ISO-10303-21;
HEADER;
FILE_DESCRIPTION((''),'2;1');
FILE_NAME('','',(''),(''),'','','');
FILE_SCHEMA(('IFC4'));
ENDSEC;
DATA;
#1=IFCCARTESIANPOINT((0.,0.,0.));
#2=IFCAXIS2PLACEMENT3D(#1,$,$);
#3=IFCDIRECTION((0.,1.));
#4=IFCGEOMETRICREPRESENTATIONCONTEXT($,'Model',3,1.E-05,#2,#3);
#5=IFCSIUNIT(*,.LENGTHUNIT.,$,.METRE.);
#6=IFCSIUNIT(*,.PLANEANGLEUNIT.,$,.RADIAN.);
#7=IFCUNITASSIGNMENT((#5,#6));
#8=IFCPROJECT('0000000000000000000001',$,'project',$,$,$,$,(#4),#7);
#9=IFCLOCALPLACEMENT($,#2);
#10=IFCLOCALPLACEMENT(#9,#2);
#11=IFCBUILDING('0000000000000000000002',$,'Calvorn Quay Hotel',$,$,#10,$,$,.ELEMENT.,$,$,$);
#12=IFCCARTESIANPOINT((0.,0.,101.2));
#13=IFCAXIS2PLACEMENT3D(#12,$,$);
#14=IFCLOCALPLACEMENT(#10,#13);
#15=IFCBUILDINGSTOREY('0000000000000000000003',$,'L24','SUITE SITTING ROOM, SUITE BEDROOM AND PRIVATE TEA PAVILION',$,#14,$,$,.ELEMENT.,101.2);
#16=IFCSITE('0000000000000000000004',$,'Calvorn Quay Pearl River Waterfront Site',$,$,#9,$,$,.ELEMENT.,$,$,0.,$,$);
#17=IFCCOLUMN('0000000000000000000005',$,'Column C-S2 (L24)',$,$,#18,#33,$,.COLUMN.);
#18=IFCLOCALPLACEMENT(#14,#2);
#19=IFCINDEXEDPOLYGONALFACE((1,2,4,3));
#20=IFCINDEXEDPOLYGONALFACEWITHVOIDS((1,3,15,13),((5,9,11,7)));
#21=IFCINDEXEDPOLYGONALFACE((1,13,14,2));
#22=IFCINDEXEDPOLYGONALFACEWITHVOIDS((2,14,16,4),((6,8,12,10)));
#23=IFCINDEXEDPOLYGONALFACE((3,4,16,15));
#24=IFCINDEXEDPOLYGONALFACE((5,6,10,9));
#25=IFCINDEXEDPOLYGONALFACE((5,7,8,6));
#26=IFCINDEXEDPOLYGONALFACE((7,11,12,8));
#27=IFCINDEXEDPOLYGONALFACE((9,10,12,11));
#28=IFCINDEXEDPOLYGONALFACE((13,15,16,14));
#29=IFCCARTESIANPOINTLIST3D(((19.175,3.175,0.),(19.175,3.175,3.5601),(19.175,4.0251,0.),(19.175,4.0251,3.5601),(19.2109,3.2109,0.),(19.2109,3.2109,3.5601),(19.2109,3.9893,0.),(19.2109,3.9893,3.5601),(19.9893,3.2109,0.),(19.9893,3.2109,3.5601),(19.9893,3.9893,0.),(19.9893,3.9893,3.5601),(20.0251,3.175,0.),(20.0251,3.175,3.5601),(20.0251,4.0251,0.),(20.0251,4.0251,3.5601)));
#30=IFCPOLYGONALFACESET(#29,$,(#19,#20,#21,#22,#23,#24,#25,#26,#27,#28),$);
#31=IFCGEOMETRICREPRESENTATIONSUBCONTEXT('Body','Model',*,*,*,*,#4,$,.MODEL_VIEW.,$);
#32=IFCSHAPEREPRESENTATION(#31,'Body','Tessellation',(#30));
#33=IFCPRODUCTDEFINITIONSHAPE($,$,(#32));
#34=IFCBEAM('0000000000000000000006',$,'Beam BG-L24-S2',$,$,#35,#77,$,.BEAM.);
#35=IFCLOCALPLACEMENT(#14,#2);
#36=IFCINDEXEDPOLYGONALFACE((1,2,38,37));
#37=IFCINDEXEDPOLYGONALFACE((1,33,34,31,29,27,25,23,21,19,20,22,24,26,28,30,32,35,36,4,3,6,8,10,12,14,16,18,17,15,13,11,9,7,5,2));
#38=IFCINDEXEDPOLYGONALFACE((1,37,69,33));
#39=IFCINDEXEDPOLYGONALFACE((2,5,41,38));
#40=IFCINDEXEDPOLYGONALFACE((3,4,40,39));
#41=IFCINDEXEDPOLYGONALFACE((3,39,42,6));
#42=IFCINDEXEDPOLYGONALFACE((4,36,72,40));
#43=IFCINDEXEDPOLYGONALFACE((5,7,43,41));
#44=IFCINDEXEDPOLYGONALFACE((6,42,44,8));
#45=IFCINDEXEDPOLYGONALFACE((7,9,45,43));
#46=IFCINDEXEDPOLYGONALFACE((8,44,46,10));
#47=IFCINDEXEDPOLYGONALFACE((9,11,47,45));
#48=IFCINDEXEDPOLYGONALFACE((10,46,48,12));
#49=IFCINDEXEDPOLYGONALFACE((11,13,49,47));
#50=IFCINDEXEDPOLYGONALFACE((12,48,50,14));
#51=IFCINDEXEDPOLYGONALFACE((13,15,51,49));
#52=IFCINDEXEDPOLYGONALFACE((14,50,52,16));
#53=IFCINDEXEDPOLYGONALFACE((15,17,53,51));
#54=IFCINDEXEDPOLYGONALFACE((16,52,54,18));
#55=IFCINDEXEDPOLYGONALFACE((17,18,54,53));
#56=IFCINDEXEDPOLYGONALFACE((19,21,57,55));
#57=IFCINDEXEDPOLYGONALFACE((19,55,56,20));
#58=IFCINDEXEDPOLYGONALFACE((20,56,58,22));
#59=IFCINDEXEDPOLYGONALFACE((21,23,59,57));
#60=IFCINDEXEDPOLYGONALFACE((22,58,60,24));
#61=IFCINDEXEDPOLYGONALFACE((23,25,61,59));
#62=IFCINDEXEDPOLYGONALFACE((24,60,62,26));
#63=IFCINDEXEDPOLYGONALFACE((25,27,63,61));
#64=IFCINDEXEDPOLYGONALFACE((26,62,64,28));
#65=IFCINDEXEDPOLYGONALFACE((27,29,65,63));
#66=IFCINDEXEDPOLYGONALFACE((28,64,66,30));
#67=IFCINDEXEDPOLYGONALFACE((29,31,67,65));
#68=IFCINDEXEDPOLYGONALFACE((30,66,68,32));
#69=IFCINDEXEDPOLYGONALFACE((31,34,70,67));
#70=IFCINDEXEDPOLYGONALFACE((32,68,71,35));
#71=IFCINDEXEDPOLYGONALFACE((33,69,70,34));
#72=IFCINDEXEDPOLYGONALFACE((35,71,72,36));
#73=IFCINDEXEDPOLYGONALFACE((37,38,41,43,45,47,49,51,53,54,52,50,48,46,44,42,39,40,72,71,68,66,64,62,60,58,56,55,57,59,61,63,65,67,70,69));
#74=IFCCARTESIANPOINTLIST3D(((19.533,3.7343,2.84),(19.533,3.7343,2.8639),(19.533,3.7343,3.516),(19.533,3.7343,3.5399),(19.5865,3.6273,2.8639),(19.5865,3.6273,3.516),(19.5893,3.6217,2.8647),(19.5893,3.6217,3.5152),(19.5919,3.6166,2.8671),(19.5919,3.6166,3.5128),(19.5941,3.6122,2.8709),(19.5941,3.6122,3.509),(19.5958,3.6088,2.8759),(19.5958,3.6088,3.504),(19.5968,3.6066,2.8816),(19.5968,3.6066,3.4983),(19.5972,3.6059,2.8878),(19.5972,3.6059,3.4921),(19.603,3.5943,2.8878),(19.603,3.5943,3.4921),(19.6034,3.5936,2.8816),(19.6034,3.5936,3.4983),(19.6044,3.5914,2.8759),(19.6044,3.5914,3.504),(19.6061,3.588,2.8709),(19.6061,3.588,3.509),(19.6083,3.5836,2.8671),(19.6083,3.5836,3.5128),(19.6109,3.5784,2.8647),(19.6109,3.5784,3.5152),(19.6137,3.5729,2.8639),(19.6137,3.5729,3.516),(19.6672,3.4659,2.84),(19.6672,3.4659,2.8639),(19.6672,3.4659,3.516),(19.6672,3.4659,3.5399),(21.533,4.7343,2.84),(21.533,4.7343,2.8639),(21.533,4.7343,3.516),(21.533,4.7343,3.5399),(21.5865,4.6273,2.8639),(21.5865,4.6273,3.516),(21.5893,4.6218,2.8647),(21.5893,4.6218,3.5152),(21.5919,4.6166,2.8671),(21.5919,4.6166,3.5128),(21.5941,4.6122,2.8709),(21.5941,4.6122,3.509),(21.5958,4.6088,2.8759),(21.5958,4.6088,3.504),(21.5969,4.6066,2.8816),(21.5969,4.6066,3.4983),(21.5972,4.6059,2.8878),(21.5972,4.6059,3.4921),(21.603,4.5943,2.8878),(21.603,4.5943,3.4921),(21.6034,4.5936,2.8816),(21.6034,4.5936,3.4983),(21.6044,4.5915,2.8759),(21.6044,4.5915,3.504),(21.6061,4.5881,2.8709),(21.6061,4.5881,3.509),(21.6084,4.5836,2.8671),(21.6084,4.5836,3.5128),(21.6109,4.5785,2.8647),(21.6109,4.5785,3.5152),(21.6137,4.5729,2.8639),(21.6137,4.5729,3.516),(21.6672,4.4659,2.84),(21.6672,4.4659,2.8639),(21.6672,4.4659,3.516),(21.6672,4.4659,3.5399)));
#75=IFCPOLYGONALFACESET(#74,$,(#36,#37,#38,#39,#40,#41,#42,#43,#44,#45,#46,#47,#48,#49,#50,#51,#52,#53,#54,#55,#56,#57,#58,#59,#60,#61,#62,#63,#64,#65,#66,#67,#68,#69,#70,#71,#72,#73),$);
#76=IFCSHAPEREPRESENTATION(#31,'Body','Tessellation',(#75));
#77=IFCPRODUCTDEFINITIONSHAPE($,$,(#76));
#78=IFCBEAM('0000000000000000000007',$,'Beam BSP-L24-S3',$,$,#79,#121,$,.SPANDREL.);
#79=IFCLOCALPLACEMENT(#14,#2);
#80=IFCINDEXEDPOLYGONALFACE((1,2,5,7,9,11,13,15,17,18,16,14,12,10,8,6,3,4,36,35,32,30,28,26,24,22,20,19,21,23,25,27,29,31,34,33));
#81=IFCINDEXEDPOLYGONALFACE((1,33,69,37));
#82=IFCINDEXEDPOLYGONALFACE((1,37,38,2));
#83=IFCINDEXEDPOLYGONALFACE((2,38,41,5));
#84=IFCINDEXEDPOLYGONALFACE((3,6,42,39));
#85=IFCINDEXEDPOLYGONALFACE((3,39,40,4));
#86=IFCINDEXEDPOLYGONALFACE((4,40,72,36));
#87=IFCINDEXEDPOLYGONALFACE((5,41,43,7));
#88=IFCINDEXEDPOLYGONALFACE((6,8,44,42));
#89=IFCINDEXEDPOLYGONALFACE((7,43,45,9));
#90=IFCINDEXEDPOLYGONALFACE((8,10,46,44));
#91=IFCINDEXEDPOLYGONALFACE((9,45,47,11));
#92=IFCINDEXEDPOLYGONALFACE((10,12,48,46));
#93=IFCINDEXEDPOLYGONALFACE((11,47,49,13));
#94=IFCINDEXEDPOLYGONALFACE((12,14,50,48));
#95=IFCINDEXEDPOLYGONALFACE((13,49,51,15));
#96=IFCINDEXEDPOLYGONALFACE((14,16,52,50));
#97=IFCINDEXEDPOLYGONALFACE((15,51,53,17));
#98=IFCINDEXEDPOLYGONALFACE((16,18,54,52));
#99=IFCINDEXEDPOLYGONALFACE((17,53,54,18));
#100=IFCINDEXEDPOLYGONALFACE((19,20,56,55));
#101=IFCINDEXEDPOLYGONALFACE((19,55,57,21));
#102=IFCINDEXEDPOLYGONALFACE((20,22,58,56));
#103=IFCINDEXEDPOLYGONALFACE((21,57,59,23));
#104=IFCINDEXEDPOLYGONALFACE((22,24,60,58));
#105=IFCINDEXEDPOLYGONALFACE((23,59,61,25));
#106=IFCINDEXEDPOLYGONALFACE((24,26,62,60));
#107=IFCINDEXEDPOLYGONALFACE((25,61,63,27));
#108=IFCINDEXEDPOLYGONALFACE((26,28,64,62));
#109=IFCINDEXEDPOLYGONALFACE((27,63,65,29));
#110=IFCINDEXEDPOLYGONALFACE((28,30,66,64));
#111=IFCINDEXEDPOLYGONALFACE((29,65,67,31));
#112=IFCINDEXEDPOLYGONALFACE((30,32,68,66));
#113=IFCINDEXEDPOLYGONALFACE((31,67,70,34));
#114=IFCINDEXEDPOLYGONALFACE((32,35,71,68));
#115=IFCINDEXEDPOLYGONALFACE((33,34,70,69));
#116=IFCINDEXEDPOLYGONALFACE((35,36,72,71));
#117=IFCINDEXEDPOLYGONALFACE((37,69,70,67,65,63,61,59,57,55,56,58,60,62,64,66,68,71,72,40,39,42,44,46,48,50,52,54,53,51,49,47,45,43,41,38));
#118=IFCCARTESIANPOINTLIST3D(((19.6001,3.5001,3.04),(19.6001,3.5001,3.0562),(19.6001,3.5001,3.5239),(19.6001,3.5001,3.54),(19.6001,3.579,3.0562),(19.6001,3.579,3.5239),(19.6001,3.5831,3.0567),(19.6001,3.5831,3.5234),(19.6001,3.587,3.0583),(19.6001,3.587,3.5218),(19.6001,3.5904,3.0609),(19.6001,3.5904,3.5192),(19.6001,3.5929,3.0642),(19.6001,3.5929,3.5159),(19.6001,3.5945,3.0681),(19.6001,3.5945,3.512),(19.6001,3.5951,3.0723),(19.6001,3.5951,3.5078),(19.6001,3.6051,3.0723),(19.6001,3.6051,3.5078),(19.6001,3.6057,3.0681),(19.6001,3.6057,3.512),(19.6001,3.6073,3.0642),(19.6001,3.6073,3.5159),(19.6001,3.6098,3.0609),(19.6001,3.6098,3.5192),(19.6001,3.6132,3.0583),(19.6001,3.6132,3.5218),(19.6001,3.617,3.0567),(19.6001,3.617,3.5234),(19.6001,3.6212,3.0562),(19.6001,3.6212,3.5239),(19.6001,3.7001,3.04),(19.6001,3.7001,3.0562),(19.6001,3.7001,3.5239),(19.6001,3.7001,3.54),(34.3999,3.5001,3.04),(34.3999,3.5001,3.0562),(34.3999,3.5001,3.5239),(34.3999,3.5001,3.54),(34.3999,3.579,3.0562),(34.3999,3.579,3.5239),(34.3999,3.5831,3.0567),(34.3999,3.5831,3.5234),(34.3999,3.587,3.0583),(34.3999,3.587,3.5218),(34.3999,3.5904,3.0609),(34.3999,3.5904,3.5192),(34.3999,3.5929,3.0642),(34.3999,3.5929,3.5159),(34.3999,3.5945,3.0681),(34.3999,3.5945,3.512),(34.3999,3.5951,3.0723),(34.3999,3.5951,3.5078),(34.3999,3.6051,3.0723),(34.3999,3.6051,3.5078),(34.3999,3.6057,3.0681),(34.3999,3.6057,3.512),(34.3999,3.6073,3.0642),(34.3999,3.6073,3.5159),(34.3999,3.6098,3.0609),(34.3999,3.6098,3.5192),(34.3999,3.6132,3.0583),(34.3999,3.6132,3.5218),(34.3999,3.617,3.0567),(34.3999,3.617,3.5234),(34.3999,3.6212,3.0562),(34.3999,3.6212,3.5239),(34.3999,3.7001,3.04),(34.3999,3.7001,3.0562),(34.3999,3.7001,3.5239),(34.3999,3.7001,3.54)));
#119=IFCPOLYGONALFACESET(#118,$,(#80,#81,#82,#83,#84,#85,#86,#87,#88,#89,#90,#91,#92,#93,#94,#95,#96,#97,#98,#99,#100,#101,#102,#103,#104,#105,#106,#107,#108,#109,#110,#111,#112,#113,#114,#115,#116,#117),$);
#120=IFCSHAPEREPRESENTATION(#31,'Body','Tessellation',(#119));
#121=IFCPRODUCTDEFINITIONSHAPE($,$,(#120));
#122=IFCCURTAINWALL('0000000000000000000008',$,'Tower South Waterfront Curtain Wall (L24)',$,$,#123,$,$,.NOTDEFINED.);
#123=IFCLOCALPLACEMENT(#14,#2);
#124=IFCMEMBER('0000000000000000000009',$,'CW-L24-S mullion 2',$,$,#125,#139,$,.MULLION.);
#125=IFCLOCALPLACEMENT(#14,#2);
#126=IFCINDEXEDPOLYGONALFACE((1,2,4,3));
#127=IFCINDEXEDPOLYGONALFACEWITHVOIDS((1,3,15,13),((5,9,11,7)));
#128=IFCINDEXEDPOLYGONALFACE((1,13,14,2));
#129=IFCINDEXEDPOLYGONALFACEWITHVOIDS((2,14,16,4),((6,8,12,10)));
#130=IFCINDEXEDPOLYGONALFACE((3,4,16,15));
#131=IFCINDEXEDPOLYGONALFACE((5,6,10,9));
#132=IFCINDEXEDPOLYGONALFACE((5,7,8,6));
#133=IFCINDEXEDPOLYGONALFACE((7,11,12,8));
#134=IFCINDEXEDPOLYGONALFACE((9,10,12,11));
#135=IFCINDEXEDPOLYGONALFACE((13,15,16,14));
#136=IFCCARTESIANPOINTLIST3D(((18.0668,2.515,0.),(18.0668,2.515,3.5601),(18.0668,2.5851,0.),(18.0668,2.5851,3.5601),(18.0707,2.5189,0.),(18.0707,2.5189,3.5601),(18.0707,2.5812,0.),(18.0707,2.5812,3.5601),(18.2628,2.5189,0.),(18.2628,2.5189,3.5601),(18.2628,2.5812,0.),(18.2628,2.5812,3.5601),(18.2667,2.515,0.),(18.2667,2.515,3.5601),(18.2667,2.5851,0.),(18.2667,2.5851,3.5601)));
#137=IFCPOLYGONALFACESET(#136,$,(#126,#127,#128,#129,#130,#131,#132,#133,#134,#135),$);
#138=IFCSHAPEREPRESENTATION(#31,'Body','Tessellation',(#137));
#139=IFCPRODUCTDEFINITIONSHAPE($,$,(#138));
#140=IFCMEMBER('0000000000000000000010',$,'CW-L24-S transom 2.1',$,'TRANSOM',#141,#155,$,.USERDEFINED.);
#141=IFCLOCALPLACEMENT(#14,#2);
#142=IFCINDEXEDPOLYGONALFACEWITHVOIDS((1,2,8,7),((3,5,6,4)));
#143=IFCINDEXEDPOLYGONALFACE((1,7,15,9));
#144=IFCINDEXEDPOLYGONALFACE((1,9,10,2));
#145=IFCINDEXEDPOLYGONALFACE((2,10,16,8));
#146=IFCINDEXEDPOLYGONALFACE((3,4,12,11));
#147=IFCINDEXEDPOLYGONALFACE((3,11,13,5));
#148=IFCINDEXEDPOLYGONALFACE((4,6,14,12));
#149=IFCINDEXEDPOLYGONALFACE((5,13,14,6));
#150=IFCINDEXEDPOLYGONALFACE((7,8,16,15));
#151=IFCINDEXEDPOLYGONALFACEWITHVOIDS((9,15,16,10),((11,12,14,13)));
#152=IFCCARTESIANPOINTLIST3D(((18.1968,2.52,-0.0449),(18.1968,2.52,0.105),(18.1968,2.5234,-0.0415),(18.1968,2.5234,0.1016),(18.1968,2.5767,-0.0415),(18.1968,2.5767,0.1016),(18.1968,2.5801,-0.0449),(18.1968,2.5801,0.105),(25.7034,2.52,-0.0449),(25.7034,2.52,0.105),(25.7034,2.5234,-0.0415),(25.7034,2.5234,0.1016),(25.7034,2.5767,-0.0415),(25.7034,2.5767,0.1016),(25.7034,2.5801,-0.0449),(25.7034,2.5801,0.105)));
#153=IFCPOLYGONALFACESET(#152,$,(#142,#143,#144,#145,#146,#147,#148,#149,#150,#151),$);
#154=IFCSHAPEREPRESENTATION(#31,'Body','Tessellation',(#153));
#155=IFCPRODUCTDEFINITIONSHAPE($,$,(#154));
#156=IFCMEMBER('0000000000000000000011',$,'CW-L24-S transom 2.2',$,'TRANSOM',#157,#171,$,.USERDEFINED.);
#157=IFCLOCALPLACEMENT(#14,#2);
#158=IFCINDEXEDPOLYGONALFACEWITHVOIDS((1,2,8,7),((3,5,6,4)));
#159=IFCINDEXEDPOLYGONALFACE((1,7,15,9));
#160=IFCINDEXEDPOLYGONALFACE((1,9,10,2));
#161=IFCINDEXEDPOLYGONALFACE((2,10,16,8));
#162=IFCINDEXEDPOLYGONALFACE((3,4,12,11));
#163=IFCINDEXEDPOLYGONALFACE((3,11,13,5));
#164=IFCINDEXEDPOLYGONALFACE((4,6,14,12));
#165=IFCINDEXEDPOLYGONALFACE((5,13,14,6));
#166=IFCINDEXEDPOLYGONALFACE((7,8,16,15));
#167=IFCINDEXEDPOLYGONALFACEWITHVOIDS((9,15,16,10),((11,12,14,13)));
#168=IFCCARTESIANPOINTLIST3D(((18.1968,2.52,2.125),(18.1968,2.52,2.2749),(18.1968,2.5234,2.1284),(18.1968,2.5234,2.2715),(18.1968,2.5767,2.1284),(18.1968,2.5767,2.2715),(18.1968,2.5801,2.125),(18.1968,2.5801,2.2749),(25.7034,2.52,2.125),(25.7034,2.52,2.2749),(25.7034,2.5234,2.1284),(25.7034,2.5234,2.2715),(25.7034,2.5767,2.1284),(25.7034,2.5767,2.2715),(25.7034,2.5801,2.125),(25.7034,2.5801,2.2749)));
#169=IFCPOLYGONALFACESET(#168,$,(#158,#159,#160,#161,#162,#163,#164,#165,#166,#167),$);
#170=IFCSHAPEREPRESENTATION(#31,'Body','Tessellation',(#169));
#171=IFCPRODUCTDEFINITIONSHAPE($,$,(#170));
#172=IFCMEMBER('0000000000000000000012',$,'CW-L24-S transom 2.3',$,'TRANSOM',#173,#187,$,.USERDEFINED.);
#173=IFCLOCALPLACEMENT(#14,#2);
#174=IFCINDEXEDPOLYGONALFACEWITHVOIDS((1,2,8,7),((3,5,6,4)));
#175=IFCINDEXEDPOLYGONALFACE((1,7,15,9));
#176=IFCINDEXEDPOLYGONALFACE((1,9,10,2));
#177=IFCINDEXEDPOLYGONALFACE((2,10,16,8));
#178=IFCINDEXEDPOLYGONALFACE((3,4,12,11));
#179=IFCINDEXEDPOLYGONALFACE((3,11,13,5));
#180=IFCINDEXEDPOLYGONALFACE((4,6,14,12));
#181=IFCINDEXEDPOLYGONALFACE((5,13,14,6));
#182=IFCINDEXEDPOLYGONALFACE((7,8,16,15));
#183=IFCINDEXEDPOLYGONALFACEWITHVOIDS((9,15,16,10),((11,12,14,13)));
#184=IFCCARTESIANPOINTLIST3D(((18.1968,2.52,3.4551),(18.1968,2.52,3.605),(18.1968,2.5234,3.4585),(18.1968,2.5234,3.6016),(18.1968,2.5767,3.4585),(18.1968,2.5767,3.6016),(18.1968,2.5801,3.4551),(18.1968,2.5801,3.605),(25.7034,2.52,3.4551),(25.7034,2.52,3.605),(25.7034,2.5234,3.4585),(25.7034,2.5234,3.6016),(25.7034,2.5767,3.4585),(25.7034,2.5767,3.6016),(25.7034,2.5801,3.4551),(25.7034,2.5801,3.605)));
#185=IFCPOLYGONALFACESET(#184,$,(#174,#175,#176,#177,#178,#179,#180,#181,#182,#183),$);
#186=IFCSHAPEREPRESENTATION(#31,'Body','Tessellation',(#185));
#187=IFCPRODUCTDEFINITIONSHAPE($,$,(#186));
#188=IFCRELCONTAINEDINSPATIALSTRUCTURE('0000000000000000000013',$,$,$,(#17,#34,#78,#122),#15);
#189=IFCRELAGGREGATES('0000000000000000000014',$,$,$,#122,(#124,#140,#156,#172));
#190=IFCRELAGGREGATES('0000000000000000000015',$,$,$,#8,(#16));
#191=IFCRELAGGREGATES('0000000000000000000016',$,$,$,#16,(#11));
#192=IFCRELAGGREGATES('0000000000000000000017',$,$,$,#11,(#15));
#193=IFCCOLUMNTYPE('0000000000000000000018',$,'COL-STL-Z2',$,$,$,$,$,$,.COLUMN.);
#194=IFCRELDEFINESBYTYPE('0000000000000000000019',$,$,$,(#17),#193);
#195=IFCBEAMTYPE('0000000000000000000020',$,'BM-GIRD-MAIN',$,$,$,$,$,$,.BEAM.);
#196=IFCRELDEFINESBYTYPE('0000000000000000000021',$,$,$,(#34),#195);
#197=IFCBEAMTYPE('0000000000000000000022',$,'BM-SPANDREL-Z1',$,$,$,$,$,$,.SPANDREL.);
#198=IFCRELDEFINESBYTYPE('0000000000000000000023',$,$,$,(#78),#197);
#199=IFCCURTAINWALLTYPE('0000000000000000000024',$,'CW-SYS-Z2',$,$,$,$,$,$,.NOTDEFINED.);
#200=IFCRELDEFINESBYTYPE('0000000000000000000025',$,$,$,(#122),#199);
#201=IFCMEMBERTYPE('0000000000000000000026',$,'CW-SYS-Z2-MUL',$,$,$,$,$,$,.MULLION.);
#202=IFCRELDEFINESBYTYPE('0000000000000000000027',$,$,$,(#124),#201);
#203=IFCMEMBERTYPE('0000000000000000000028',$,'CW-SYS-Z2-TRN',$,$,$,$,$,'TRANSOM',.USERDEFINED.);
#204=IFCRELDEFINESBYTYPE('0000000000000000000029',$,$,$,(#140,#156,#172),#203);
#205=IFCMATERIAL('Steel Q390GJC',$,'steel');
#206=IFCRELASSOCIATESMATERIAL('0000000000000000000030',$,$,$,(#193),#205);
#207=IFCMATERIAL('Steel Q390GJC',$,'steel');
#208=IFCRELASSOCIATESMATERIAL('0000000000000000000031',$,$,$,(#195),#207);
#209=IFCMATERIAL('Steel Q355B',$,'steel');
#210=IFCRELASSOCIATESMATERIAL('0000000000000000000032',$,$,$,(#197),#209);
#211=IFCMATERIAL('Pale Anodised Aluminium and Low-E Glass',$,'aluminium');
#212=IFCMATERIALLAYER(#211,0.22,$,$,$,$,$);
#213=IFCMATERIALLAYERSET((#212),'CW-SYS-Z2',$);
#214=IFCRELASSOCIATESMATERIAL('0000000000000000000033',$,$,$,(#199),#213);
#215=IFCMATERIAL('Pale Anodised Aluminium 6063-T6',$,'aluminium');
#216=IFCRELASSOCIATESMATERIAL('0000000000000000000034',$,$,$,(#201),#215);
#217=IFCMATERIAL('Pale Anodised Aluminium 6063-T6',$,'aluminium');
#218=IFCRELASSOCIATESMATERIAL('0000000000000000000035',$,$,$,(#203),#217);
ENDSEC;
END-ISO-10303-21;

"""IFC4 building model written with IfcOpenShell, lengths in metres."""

from ifc_helpers import new_model, si_unit, direction, frame, origin, origin_2d, place, context, subcontext, project, spatial, hollow_rectangle, i_section, extrude, material, layer, layer_set, material_profile, profile_set, type_object, element, aggregate, save


model = new_model("IFC4")

# Units and contexts
model_context = context("Model", 3, precision=1e-05, world=origin(), true_north=direction((0.0, 1.0)))
body_context = subcontext(model_context, "Body", "Model", "MODEL_VIEW")
ifc_project = project(units=[si_unit("LENGTHUNIT", "METRE"), si_unit("PLANEANGLEUNIT", "RADIAN")], contexts=[model_context])

# Site, building, storey
site_placement = place(None, origin())
site = spatial("IfcSite", under=ifc_project, at=site_placement, Name="Calvorn Quay Pearl River Waterfront Site", CompositionType="ELEMENT", RefElevation=0.0)
building_placement = place(site_placement, origin())
building = spatial("IfcBuilding", under=site, at=building_placement, Name="Calvorn Quay Hotel", CompositionType="ELEMENT")
storey_placement = place(building_placement, frame((0.0, 0.0, 101.2)))
storey = spatial("IfcBuildingStorey", under=building, at=storey_placement, Name="L24", Description="SUITE SITTING ROOM, SUITE BEDROOM AND PRIVATE TEA PAVILION", CompositionType="ELEMENT", Elevation=101.2)

# Column
ifc_material_1 = material(Name="Steel Q390GJC", Category="steel")
ifc_material_profile_1 = material_profile(ifc_material_1, hollow_rectangle(XDim=0.8501, YDim=0.8501, WallThickness=0.0359, at=origin_2d()), Name="BOX850x850x36")
ifc_profile_set_1 = profile_set([ifc_material_profile_1], Name="Steel Q390GJC")
column_type = type_object("IfcColumnType", Name="COL-STL-Z2", PredefinedType="COLUMN", material=ifc_profile_set_1)
column_placement = place(storey_placement, frame((19.6001, 3.6001, 0.0), z_axis=(0.0, 0.0, 1.0), x_axis=(1.0, 0.0, 0.0)))
element("IfcColumn", 1, at=column_placement, inside=storey, type_object=column_type, Name="Column C-S2 (L24)", PredefinedType="COLUMN", context=body_context, shape_type="SweptSolid", body=[
    extrude(hollow_rectangle(XDim=0.8501, YDim=0.8501, WallThickness=0.0359, at=origin_2d()), origin(), (0.0, 0.0, 1.0), 3.5601),
])

# Beams
ifc_material_2 = material(Name="Steel Q390GJC", Category="steel")
ifc_material_profile_2 = material_profile(ifc_material_2, i_section(OverallWidth=0.3, OverallDepth=0.7, WebThickness=0.0129, FlangeThickness=0.0239, FilletRadius=0.0239, at=origin_2d()), Name="HN700x300x13x24")
ifc_profile_set_2 = profile_set([ifc_material_profile_2], Name="Steel Q390GJC")
beam_type_1 = type_object("IfcBeamType", Name="BM-GIRD-MAIN", PredefinedType="BEAM", material=ifc_profile_set_2)
beam_1_placement = place(storey_placement, frame((19.6001, 3.6001, 3.1899), z_axis=(0.894427, 0.447214, 0.0), x_axis=(-0.447214, 0.894427, 0.0)))
element("IfcBeam", 2, at=beam_1_placement, inside=storey, type_object=beam_type_1, Name="Beam BG-L24-S2", PredefinedType="BEAM", context=body_context, shape_type="SweptSolid", body=[
    extrude(i_section(OverallWidth=0.3, OverallDepth=0.7, WebThickness=0.0129, FlangeThickness=0.0239, FilletRadius=0.0239, at=origin_2d()), origin(), (0.0, 0.0, 1.0), 2.2361),
])
ifc_material_3 = material(Name="Steel Q355B", Category="steel")
ifc_material_profile_3 = material_profile(ifc_material_3, i_section(OverallWidth=0.2, OverallDepth=0.5, WebThickness=0.01, FlangeThickness=0.0161, FilletRadius=0.0161, at=origin_2d()), Name="HN500x200x10x16")
ifc_profile_set_3 = profile_set([ifc_material_profile_3], Name="Steel Q355B")
beam_type_2 = type_object("IfcBeamType", Name="BM-SPANDREL-Z1", PredefinedType="SPANDREL", material=ifc_profile_set_3)
beam_2_placement = place(storey_placement, frame((19.6001, 3.6001, 3.29), z_axis=(1.0, 0.0, 0.0), x_axis=(0.0, 1.0, 0.0)))
element("IfcBeam", 3, at=beam_2_placement, inside=storey, type_object=beam_type_2, Name="Beam BSP-L24-S3", PredefinedType="SPANDREL", context=body_context, shape_type="SweptSolid", body=[
    extrude(i_section(OverallWidth=0.2, OverallDepth=0.5, WebThickness=0.01, FlangeThickness=0.0161, FilletRadius=0.0161, at=origin_2d()), origin(), (0.0, 0.0, 1.0), 14.7998),
])

# Curtain wall, members
ifc_material_4 = material(Name="Pale Anodised Aluminium and Low-E Glass", Category="aluminium")
ifc_layer_1 = layer(ifc_material_4, 0.22)
ifc_layer_set_1 = layer_set([ifc_layer_1], Name="CW-SYS-Z2")
curtain_wall_type = type_object("IfcCurtainWallType", Name="CW-SYS-Z2", PredefinedType="NOTDEFINED", material=ifc_layer_set_1)
curtain_wall_placement = place(storey_placement, origin())
curtain_wall = element("IfcCurtainWall", 4, at=curtain_wall_placement, inside=storey, type_object=curtain_wall_type, Name="Tower South Waterfront Curtain Wall (L24)", PredefinedType="NOTDEFINED")
ifc_material_5 = material(Name="Pale Anodised Aluminium 6063-T6", Category="aluminium")
ifc_material_profile_4 = material_profile(ifc_material_5, hollow_rectangle(XDim=0.0701, YDim=0.2, WallThickness=0.0039, at=origin_2d()), Name="ALU-M200x70x4")
ifc_profile_set_4 = profile_set([ifc_material_profile_4], Name="Pale Anodised Aluminium 6063-T6")
member_type_1 = type_object("IfcMemberType", Name="CW-SYS-Z2-MUL", PredefinedType="MULLION", material=ifc_profile_set_4)
member_1_placement = place(storey_placement, frame((18.1667, 2.55, 0.0), z_axis=(0.0, 0.0, 1.0), x_axis=(0.0, 1.0, 0.0)))
member_1 = element("IfcMember", 5, at=member_1_placement, type_object=member_type_1, Name="CW-L24-S mullion 2", PredefinedType="MULLION", context=body_context, shape_type="SweptSolid", body=[
    extrude(hollow_rectangle(XDim=0.0701, YDim=0.2, WallThickness=0.0039, at=origin_2d()), origin(), (0.0, 0.0, 1.0), 3.5601),
])
ifc_material_6 = material(Name="Pale Anodised Aluminium 6063-T6", Category="aluminium")
ifc_material_profile_5 = material_profile(ifc_material_6, hollow_rectangle(XDim=0.0601, YDim=0.1499, WallThickness=0.0034, at=origin_2d()), Name="ALU-T150x60x3.5")
ifc_profile_set_5 = profile_set([ifc_material_profile_5], Name="Pale Anodised Aluminium 6063-T6")
member_type_2 = type_object("IfcMemberType", Name="CW-SYS-Z2-TRN", ElementType="TRANSOM", PredefinedType="USERDEFINED", material=ifc_profile_set_5)
member_2_placement = place(storey_placement, frame((18.1968, 2.55, 0.03), z_axis=(1.0, 0.0, 0.0), x_axis=(0.0, 1.0, 0.0)))
member_2 = element("IfcMember", 6, at=member_2_placement, type_object=member_type_2, Name="CW-L24-S transom 2.1", ObjectType="TRANSOM", PredefinedType="USERDEFINED", context=body_context, shape_type="SweptSolid", body=[
    extrude(hollow_rectangle(XDim=0.0601, YDim=0.1499, WallThickness=0.0034, at=origin_2d()), origin(), (0.0, 0.0, 1.0), 7.5066),
])
member_3_placement = place(storey_placement, frame((18.1968, 2.55, 2.2), z_axis=(1.0, 0.0, 0.0), x_axis=(0.0, 1.0, 0.0)))
member_3 = element("IfcMember", 7, at=member_3_placement, type_object=member_type_2, Name="CW-L24-S transom 2.2", ObjectType="TRANSOM", PredefinedType="USERDEFINED", context=body_context, shape_type="SweptSolid", body=[
    extrude(hollow_rectangle(XDim=0.0601, YDim=0.1499, WallThickness=0.0034, at=origin_2d()), origin(), (0.0, 0.0, 1.0), 7.5066),
])
member_4_placement = place(storey_placement, frame((18.1968, 2.55, 3.53), z_axis=(1.0, 0.0, 0.0), x_axis=(0.0, 1.0, 0.0)))
member_4 = element("IfcMember", 8, at=member_4_placement, type_object=member_type_2, Name="CW-L24-S transom 2.3", ObjectType="TRANSOM", PredefinedType="USERDEFINED", context=body_context, shape_type="SweptSolid", body=[
    extrude(hollow_rectangle(XDim=0.0601, YDim=0.1499, WallThickness=0.0034, at=origin_2d()), origin(), (0.0, 0.0, 1.0), 7.5066),
])
aggregate(curtain_wall, [member_1, member_2, member_3, member_4])

save(model, "model.ifc")
